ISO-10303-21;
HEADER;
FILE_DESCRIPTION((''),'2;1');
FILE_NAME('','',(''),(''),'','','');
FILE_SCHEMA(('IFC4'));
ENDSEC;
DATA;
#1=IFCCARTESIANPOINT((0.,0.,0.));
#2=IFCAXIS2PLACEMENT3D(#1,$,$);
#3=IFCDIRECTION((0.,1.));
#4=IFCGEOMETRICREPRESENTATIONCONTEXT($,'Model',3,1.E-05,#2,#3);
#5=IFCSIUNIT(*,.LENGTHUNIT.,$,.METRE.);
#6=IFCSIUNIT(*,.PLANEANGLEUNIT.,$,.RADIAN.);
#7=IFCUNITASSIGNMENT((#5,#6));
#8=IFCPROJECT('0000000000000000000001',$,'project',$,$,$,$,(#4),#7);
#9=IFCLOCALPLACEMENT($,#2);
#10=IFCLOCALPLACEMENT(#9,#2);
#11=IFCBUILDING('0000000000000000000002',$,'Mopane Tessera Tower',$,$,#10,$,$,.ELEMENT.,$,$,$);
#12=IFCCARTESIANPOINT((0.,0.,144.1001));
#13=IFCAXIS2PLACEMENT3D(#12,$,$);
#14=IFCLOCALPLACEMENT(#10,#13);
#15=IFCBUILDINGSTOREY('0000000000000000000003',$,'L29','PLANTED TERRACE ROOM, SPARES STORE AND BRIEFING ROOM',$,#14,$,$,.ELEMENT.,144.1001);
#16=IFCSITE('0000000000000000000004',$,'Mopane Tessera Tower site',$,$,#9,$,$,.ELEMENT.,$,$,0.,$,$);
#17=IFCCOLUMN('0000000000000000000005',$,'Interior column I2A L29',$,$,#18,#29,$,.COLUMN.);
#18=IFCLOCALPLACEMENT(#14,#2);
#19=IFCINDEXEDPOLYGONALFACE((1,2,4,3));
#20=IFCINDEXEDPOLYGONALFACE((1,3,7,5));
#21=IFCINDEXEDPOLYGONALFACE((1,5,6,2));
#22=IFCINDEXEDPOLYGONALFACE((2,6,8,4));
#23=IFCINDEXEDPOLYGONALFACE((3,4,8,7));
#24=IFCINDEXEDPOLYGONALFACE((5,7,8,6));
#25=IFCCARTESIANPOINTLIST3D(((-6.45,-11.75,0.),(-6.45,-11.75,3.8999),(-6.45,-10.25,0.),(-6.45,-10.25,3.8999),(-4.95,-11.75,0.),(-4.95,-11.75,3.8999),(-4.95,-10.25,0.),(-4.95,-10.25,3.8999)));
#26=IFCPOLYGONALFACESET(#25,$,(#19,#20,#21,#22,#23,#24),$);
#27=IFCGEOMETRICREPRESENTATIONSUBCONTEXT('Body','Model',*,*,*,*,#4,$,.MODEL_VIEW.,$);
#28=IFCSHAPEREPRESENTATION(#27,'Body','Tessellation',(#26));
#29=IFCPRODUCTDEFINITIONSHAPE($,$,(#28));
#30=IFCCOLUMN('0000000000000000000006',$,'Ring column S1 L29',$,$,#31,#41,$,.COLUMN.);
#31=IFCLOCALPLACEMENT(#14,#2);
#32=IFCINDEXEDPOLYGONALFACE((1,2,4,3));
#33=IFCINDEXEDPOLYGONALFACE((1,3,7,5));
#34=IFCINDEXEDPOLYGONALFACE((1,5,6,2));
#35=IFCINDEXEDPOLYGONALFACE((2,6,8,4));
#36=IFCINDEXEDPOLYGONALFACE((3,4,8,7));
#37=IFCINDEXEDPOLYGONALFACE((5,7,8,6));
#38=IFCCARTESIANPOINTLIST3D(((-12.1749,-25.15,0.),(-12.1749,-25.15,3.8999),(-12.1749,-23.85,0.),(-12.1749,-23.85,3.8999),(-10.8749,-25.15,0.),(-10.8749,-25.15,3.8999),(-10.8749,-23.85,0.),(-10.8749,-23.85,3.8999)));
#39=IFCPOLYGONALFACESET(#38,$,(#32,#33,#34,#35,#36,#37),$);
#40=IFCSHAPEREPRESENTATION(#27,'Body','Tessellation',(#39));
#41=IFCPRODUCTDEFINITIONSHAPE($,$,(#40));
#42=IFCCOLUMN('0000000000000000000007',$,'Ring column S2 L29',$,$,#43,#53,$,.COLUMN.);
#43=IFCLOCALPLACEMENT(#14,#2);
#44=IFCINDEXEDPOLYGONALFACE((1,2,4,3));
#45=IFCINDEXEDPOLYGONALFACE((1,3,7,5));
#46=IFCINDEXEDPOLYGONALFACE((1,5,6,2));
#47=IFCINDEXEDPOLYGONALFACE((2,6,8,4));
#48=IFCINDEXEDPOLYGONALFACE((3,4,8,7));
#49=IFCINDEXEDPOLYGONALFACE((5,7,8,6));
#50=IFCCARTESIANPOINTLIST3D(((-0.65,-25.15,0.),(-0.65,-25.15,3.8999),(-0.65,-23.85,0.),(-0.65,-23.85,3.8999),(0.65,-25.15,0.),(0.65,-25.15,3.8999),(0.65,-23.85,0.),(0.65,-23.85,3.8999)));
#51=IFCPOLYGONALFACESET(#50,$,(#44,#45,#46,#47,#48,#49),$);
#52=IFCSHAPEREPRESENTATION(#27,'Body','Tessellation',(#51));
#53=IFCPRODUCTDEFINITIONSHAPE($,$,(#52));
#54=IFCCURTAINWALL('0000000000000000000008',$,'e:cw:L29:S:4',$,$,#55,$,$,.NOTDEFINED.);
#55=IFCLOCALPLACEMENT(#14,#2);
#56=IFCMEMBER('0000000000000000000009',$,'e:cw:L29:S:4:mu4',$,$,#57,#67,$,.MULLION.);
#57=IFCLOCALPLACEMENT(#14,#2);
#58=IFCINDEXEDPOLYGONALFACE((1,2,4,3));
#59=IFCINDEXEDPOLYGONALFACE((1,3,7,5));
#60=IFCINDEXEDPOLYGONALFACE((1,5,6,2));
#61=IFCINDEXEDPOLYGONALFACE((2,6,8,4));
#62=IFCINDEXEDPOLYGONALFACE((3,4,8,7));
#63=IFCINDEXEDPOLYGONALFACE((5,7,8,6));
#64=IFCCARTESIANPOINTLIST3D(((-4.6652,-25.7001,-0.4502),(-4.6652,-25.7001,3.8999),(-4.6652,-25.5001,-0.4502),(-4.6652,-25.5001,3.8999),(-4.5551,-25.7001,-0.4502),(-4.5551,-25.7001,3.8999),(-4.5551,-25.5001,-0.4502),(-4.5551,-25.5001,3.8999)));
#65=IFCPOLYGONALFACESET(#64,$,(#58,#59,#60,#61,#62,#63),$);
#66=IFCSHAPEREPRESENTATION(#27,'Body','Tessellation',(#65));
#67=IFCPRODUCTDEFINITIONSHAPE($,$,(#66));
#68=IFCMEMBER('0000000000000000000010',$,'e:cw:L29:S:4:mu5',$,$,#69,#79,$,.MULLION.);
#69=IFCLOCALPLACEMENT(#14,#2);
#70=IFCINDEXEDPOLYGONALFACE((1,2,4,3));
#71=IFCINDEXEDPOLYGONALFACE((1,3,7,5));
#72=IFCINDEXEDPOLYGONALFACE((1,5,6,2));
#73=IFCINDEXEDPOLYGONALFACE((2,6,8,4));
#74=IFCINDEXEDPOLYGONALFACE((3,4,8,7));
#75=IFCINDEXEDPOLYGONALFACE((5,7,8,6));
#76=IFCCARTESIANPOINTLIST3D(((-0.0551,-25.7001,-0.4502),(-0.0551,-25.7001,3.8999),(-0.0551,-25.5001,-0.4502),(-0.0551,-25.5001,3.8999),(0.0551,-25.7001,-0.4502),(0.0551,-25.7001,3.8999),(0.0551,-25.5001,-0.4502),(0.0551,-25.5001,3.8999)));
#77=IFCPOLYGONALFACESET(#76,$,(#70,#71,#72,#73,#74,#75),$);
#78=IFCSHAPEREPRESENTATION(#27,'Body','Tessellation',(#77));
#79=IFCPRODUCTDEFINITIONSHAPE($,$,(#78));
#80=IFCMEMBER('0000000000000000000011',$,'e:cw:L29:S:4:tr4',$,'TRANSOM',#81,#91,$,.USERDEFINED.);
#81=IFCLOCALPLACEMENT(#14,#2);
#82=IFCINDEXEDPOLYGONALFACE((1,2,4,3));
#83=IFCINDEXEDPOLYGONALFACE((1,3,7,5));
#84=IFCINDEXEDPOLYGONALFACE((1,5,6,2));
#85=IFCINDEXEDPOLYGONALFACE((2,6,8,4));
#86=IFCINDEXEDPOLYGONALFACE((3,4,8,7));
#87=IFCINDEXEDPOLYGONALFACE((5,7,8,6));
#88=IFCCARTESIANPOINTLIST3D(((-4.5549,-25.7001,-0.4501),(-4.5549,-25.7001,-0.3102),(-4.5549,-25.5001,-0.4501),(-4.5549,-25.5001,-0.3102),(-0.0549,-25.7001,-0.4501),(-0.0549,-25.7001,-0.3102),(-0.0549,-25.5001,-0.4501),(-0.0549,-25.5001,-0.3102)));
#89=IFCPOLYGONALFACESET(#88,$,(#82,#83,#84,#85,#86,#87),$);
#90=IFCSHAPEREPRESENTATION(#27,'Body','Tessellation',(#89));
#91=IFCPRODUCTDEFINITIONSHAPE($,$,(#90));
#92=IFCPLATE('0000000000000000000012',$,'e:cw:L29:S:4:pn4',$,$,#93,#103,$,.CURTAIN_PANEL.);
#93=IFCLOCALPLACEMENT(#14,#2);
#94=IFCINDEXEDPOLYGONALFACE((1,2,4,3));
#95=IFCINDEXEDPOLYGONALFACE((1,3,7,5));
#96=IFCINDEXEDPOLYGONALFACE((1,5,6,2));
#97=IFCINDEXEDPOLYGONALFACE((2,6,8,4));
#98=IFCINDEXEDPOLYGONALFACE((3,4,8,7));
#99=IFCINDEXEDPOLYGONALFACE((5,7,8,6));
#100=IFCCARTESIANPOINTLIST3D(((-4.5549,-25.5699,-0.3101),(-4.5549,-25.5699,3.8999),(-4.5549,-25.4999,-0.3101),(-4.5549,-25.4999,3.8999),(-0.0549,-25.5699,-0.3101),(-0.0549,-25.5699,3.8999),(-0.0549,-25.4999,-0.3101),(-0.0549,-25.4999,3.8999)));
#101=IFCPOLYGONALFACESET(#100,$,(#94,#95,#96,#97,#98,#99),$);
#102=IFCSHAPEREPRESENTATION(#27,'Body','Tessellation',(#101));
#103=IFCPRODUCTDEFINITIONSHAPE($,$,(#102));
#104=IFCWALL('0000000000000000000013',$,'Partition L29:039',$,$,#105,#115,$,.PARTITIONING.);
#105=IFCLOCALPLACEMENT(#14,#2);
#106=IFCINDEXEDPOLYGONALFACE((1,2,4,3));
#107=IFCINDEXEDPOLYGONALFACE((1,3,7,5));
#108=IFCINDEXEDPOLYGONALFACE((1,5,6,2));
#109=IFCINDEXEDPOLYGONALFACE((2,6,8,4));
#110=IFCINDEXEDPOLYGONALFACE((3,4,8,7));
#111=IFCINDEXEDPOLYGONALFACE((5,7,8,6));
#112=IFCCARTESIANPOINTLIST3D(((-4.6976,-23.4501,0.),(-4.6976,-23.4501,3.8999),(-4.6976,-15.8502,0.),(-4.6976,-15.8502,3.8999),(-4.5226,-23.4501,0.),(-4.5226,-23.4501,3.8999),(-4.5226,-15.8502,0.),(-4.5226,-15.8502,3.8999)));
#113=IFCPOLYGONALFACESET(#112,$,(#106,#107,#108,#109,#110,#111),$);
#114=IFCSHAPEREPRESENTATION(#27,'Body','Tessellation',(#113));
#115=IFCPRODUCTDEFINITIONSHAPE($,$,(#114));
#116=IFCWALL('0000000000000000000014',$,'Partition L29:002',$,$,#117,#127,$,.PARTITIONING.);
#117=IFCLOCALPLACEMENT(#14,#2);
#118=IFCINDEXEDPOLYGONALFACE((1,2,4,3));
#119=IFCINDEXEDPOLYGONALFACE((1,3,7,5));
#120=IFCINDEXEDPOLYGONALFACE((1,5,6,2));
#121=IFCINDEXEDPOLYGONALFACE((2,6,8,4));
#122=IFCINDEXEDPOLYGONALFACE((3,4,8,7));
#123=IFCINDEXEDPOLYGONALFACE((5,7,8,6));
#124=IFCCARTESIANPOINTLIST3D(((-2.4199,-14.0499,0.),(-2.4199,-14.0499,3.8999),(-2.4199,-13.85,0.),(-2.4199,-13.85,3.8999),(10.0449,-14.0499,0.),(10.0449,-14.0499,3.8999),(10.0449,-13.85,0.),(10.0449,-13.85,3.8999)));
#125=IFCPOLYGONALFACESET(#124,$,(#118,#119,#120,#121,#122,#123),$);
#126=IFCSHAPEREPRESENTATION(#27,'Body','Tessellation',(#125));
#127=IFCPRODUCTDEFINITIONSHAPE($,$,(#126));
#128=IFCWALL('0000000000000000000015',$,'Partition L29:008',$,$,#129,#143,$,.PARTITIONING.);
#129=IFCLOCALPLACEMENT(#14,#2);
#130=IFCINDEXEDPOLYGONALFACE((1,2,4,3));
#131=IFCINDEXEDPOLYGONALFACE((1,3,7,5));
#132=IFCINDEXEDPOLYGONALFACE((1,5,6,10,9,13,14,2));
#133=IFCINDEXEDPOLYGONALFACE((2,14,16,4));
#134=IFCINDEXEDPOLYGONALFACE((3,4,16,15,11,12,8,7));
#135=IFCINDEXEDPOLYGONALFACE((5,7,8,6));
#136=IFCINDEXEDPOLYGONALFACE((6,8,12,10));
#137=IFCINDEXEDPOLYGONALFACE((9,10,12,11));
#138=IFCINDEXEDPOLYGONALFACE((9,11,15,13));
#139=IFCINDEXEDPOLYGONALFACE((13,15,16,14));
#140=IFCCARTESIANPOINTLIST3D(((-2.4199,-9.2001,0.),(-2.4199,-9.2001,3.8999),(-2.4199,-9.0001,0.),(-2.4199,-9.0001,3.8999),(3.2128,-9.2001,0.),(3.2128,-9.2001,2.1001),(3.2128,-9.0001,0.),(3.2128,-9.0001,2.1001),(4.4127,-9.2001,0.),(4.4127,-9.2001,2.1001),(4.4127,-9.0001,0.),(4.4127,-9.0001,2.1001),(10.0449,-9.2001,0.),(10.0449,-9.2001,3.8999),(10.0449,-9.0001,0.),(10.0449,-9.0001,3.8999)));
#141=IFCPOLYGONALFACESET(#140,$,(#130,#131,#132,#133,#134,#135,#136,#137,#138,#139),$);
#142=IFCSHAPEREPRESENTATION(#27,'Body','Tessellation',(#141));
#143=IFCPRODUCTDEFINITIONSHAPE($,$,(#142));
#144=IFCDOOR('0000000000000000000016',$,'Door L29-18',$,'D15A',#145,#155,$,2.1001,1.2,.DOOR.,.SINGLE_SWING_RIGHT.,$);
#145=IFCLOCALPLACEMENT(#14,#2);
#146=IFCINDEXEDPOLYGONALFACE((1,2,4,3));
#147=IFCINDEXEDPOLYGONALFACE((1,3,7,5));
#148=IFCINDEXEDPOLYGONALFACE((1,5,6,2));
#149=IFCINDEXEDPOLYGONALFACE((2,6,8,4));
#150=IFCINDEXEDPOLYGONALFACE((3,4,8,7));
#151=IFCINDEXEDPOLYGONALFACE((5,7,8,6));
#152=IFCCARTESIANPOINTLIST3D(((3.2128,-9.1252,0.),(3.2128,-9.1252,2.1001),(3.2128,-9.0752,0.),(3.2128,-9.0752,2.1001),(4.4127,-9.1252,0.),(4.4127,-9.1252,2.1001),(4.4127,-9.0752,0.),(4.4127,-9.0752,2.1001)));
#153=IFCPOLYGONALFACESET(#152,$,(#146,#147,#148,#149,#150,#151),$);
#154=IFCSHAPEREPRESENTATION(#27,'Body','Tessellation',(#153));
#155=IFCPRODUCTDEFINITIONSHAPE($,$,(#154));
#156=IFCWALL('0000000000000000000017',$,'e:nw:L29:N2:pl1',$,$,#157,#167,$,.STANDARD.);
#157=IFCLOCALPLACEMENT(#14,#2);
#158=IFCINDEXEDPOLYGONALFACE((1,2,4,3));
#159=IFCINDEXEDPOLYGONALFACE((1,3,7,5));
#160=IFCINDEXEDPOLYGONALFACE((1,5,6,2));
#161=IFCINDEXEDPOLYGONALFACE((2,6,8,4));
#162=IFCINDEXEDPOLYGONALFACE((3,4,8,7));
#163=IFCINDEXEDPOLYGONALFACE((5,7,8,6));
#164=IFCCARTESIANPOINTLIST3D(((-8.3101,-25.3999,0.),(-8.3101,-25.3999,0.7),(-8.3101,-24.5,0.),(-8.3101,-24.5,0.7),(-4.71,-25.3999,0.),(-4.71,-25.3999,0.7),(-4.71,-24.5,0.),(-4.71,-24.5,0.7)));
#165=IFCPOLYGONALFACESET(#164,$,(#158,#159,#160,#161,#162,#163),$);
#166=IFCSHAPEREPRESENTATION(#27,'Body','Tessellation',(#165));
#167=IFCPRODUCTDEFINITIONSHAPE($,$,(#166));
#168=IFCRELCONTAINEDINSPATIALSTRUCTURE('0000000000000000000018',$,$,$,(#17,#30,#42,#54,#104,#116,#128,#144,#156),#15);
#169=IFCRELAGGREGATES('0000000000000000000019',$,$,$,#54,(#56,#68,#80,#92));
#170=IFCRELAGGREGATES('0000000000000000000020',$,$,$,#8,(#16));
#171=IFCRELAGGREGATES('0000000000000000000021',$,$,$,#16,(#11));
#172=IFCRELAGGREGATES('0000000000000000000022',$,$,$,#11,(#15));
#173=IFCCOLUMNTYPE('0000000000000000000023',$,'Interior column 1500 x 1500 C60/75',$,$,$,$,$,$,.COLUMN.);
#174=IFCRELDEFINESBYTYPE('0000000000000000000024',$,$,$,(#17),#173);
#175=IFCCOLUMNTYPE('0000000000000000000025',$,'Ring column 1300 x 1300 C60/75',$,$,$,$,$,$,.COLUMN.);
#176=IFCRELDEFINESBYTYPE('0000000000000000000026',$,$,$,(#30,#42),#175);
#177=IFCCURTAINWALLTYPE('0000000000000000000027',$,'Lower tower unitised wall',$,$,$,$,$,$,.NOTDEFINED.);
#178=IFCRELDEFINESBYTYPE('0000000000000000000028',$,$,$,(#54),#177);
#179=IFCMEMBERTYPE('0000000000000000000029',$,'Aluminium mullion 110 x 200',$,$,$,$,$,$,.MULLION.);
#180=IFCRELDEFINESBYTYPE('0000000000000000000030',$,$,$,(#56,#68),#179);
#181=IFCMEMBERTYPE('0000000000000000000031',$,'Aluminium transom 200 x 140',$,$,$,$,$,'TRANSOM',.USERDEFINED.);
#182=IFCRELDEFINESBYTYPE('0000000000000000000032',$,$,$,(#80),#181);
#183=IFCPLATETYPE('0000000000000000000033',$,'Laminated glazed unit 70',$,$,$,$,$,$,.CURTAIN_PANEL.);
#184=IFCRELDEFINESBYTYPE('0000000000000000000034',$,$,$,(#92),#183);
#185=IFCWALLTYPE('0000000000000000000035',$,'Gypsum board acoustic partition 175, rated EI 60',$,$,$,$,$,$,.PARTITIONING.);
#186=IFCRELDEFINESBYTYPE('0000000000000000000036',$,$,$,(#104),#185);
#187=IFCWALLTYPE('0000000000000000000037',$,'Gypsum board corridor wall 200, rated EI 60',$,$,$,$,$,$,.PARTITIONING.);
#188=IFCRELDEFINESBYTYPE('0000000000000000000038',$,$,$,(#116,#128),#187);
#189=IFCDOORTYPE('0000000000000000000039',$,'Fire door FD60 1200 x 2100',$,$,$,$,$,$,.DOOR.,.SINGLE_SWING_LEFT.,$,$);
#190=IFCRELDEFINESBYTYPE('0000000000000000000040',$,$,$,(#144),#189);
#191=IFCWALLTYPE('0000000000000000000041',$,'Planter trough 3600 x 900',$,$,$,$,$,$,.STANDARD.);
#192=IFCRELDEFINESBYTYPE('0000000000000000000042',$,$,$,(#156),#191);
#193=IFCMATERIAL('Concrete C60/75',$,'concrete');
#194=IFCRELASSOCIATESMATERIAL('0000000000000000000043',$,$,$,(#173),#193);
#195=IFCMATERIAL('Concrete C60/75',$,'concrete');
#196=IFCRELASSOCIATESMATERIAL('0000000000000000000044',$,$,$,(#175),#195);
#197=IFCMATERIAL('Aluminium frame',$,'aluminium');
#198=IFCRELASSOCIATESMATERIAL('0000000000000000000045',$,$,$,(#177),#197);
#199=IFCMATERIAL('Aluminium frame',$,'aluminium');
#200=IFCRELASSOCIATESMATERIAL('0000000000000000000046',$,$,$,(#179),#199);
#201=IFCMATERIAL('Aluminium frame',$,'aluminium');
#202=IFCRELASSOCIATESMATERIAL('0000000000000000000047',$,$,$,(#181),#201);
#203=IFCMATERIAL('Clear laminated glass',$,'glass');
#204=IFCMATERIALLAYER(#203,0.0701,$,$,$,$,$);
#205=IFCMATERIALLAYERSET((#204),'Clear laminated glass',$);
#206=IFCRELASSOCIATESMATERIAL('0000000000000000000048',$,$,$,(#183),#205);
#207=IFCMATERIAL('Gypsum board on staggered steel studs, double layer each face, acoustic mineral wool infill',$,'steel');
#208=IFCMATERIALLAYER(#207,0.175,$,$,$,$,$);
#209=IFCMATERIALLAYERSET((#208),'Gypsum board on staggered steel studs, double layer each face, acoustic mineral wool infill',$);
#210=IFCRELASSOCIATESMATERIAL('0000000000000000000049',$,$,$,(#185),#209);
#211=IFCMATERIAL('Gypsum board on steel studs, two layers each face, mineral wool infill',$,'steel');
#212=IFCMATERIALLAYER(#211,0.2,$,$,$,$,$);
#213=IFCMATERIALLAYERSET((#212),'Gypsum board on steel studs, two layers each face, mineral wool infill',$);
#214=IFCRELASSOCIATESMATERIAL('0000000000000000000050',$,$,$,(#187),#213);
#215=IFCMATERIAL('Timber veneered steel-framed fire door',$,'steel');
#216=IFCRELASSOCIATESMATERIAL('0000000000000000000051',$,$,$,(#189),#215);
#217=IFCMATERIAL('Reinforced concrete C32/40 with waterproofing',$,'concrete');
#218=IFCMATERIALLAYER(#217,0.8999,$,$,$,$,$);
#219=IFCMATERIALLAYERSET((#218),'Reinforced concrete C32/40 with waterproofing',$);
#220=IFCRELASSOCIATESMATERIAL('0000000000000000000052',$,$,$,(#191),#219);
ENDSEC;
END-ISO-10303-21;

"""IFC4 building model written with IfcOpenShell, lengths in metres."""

from ifc_helpers import new_model, si_unit, direction, frame, frame_2d, origin, origin_2d, place, context, subcontext, project, spatial, rectangle, extrude, material, layer, layer_set, material_profile, profile_set, type_object, element, fill, aggregate, save


model = new_model("IFC4")

# Units and contexts
model_context = context("Model", 3, precision=1e-05, world=origin(), true_north=direction((0.0, 1.0)))
body_context = subcontext(model_context, "Body", "Model", "MODEL_VIEW")
ifc_project = project(units=[si_unit("LENGTHUNIT", "METRE"), si_unit("PLANEANGLEUNIT", "RADIAN")], contexts=[model_context])

# Site, building, storey
site_placement = place(None, origin())
site = spatial("IfcSite", under=ifc_project, at=site_placement, Name="Mopane Tessera Tower site", CompositionType="ELEMENT", RefElevation=0.0)
building_placement = place(site_placement, origin())
building = spatial("IfcBuilding", under=site, at=building_placement, Name="Mopane Tessera Tower", CompositionType="ELEMENT")
storey_placement = place(building_placement, frame((0.0, 0.0, 144.1001)))
storey = spatial("IfcBuildingStorey", under=building, at=storey_placement, Name="L29", Description="PLANTED TERRACE ROOM, SPARES STORE AND BRIEFING ROOM", CompositionType="ELEMENT", Elevation=144.1001)

# Columns
ifc_material_1 = material(Name="Concrete C60/75", Category="concrete")
ifc_material_profile_1 = material_profile(ifc_material_1, rectangle(XDim=1.5, YDim=1.5, at=origin_2d()))
ifc_profile_set_1 = profile_set([ifc_material_profile_1], Name="Concrete C60/75")
column_type_1 = type_object("IfcColumnType", Name="Interior column 1500 x 1500 C60/75", PredefinedType="COLUMN", material=ifc_profile_set_1)
column_placement = place(storey_placement, frame((-5.7, -11.0, 0.0), z_axis=(0.0, 0.0, 1.0), x_axis=(1.0, 0.0, 0.0)))
element("IfcColumn", 1, at=column_placement, inside=storey, type_object=column_type_1, Name="Interior column I2A L29", PredefinedType="COLUMN", context=body_context, shape_type="SweptSolid", body=[
    extrude(rectangle(XDim=1.5, YDim=1.5, at=origin_2d()), origin(), (0.0, 0.0, 1.0), 3.8999),
])
ifc_material_2 = material(Name="Concrete C60/75", Category="concrete")
ifc_material_profile_2 = material_profile(ifc_material_2, rectangle(XDim=1.3, YDim=1.3, at=origin_2d()))
ifc_profile_set_2 = profile_set([ifc_material_profile_2], Name="Concrete C60/75")
column_type_2 = type_object("IfcColumnType", Name="Ring column 1300 x 1300 C60/75", PredefinedType="COLUMN", material=ifc_profile_set_2)
for number, where, z_axis, x_axis, name in (
    (2, (-11.5249, -24.5, 0.0), (0.0, 0.0, 1.0), (1.0, 0.0, 0.0), "Ring column S1 L29"),
    (3, (0.0, -24.5, 0.0), (0.0, 0.0, 1.0), (1.0, 0.0, 0.0), "Ring column S2 L29"),
):
    element("IfcColumn", number, at=place(storey_placement, frame(where, z_axis=z_axis, x_axis=x_axis)), inside=storey, type_object=column_type_2, Name=name, PredefinedType="COLUMN", context=body_context, shape_type="SweptSolid", body=[
        extrude(rectangle(XDim=1.3, YDim=1.3, at=origin_2d()), origin(), (0.0, 0.0, 1.0), 3.8999),
    ])

# Curtain wall, members, plate
ifc_material_3 = material(Name="Aluminium frame", Category="aluminium")
curtain_wall_type = type_object("IfcCurtainWallType", Name="Lower tower unitised wall", PredefinedType="NOTDEFINED", material=ifc_material_3)
curtain_wall_placement = place(storey_placement, origin())
curtain_wall = element("IfcCurtainWall", 4, at=curtain_wall_placement, inside=storey, type_object=curtain_wall_type, Name="e:cw:L29:S:4", PredefinedType="NOTDEFINED")
ifc_material_4 = material(Name="Aluminium frame", Category="aluminium")
ifc_material_profile_3 = material_profile(ifc_material_4, rectangle(XDim=0.1101, YDim=0.2, at=origin_2d()))
ifc_profile_set_3 = profile_set([ifc_material_profile_3], Name="Aluminium frame")
member_type_1 = type_object("IfcMemberType", Name="Aluminium mullion 110 x 200", PredefinedType="MULLION", material=ifc_profile_set_3)
member_1_placement = place(storey_placement, frame((-4.6101, -25.6001, -0.4502), z_axis=(0.0, 0.0, 1.0), x_axis=(1.0, 0.0, 0.0)))
member_1 = element("IfcMember", 5, at=member_1_placement, type_object=member_type_1, Name="e:cw:L29:S:4:mu4", PredefinedType="MULLION", context=body_context, shape_type="SweptSolid", body=[
    extrude(rectangle(XDim=0.1101, YDim=0.2, at=origin_2d()), origin(), (0.0, 0.0, 1.0), 4.3501),
])
member_2_placement = place(storey_placement, frame((0.0, -25.6001, -0.4502), z_axis=(0.0, 0.0, 1.0), x_axis=(1.0, 0.0, 0.0)))
member_2 = element("IfcMember", 6, at=member_2_placement, type_object=member_type_1, Name="e:cw:L29:S:4:mu5", PredefinedType="MULLION", context=body_context, shape_type="SweptSolid", body=[
    extrude(rectangle(XDim=0.1101, YDim=0.2, at=origin_2d()), origin(), (0.0, 0.0, 1.0), 4.3501),
])
ifc_material_5 = material(Name="Aluminium frame", Category="aluminium")
ifc_material_profile_4 = material_profile(ifc_material_5, rectangle(XDim=0.2, YDim=0.1399, at=origin_2d()))
ifc_profile_set_4 = profile_set([ifc_material_profile_4], Name="Aluminium frame")
member_type_2 = type_object("IfcMemberType", Name="Aluminium transom 200 x 140", ElementType="TRANSOM", PredefinedType="USERDEFINED", material=ifc_profile_set_4)
member_3_placement = place(storey_placement, frame((-4.5549, -25.6001, -0.3801), z_axis=(1.0, 0.0, 0.0), x_axis=(0.0, 1.0, 0.0)))
member_3 = element("IfcMember", 7, at=member_3_placement, type_object=member_type_2, Name="e:cw:L29:S:4:tr4", ObjectType="TRANSOM", PredefinedType="USERDEFINED", context=body_context, shape_type="SweptSolid", body=[
    extrude(rectangle(XDim=0.2, YDim=0.1399, at=origin_2d()), origin(), (0.0, 0.0, 1.0), 4.5),
])
ifc_material_6 = material(Name="Clear laminated glass", Category="glass")
ifc_layer_1 = layer(ifc_material_6, 0.0701)
ifc_layer_set_1 = layer_set([ifc_layer_1], Name="Clear laminated glass")
plate_type = type_object("IfcPlateType", Name="Laminated glazed unit 70", PredefinedType="CURTAIN_PANEL", material=ifc_layer_set_1)
plate_placement = place(storey_placement, frame((-2.3049, -25.5349, -0.3101), z_axis=(0.0, 0.0, 1.0), x_axis=(1.0, 0.0, 0.0)))
plate = element("IfcPlate", 8, at=plate_placement, type_object=plate_type, Name="e:cw:L29:S:4:pn4", PredefinedType="CURTAIN_PANEL", context=body_context, shape_type="SweptSolid", body=[
    extrude(rectangle(XDim=4.5, YDim=0.0701, at=origin_2d()), origin(), (0.0, 0.0, 1.0), 4.21),
])
aggregate(curtain_wall, [member_1, member_2, member_3, plate])

# Walls
ifc_material_7 = material(Name="Gypsum board on staggered steel studs, double layer each face, acoustic mineral wool infill", Category="steel")
ifc_layer_2 = layer(ifc_material_7, 0.175)
ifc_layer_set_2 = layer_set([ifc_layer_2], Name="Gypsum board on staggered steel studs, double layer each face, acoustic mineral wool infill")
wall_type_1 = type_object("IfcWallType", Name="Gypsum board acoustic partition 175, rated EI 60", PredefinedType="PARTITIONING", material=ifc_layer_set_2)
wall_1_placement = place(storey_placement, frame((-4.6101, -23.45, 0.0), z_axis=(0.0, 0.0, 1.0), x_axis=(0.0, 1.0, 0.0)))
element("IfcWall", 9, at=wall_1_placement, inside=storey, type_object=wall_type_1, Name="Partition L29:039", PredefinedType="PARTITIONING", context=body_context, shape_type="SweptSolid", body=[
    extrude(rectangle(XDim=7.5999, YDim=0.175, at=frame_2d((3.7998, 0.0))), origin(), (0.0, 0.0, 1.0), 3.8999),
])
ifc_material_8 = material(Name="Gypsum board on steel studs, two layers each face, mineral wool infill", Category="steel")
ifc_layer_3 = layer(ifc_material_8, 0.2)
ifc_layer_set_3 = layer_set([ifc_layer_3], Name="Gypsum board on steel studs, two layers each face, mineral wool infill")
wall_type_2 = type_object("IfcWallType", Name="Gypsum board corridor wall 200, rated EI 60", PredefinedType="PARTITIONING", material=ifc_layer_set_3)
wall_2_placement = place(storey_placement, frame((-2.4199, -13.95, 0.0), z_axis=(0.0, 0.0, 1.0), x_axis=(1.0, 0.0, 0.0)))
element("IfcWall", 10, at=wall_2_placement, inside=storey, type_object=wall_type_2, Name="Partition L29:002", PredefinedType="PARTITIONING", context=body_context, shape_type="SweptSolid", body=[
    extrude(rectangle(XDim=12.4648, YDim=0.2, at=frame_2d((6.2324, 0.0))), origin(), (0.0, 0.0, 1.0), 3.8999),
])

# Wall, opening, door
wall_3_placement = place(storey_placement, frame((-2.4199, -9.1001, 0.0), z_axis=(0.0, 0.0, 1.0), x_axis=(1.0, 0.0, 0.0)))
wall_3 = element("IfcWall", 11, at=wall_3_placement, inside=storey, type_object=wall_type_2, Name="Partition L29:008", PredefinedType="PARTITIONING", context=body_context, shape_type="SweptSolid", body=[
    extrude(rectangle(XDim=12.4648, YDim=0.2, at=frame_2d((6.2324, 0.0))), origin(), (0.0, 0.0, 1.0), 3.8999),
])
opening_1_placement = place(wall_3_placement, frame((5.6326, 0.0, 0.0)))
opening_1 = element("IfcOpeningElement", 12, at=opening_1_placement, cuts=wall_3, PredefinedType="OPENING", context=body_context, shape_type="SweptSolid", body=[
    extrude(rectangle(XDim=1.2, YDim=2.1001, at=frame_2d((0.6001, 1.05))), frame((0.0, 0.1121, 0.0), z_axis=(0.0, -1.0, 0.0), x_axis=(1.0, 0.0, 0.0)), (0.0, 0.0, 1.0), 0.2239),
])
ifc_material_9 = material(Name="Timber veneered steel-framed fire door", Category="steel")
door_type_1 = type_object("IfcDoorType", Name="Fire door FD60 1200 x 2100", OperationType="SINGLE_SWING_LEFT", PredefinedType="DOOR", material=ifc_material_9)
door_1_placement = place(opening_1_placement, origin())
door_1 = element("IfcDoor", 13, at=door_1_placement, inside=storey, type_object=door_type_1, Name="Door L29-18", ObjectType="D15A", OperationType="SINGLE_SWING_RIGHT", OverallHeight=2.1001, OverallWidth=1.2, PredefinedType="DOOR", context=body_context, shape_type="SweptSolid", body=[
    extrude(rectangle(XDim=1.2, YDim=2.1001, at=frame_2d((0.6001, 1.05))), frame((0.0, 0.0249, 0.0), z_axis=(0.0, -1.0, 0.0), x_axis=(1.0, 0.0, 0.0)), (0.0, 0.0, 1.0), 0.05),
])
fill(opening_1, door_1)

# Wall
ifc_material_10 = material(Name="Reinforced concrete C32/40 with waterproofing", Category="concrete")
ifc_layer_4 = layer(ifc_material_10, 0.8999)
ifc_layer_set_4 = layer_set([ifc_layer_4], Name="Reinforced concrete C32/40 with waterproofing")
wall_type_3 = type_object("IfcWallType", Name="Planter trough 3600 x 900", PredefinedType="STANDARD", material=ifc_layer_set_4)
wall_4_placement = place(storey_placement, frame((-8.3101, -24.95, 0.0), z_axis=(0.0, 0.0, 1.0), x_axis=(1.0, 0.0, 0.0)))
element("IfcWall", 14, at=wall_4_placement, inside=storey, type_object=wall_type_3, Name="e:nw:L29:N2:pl1", PredefinedType="STANDARD", context=body_context, shape_type="SweptSolid", body=[
    extrude(rectangle(XDim=3.6001, YDim=0.8999, at=frame_2d((1.8, 0.0))), origin(), (0.0, 0.0, 1.0), 0.7),
])

save(model, "model.ifc")
